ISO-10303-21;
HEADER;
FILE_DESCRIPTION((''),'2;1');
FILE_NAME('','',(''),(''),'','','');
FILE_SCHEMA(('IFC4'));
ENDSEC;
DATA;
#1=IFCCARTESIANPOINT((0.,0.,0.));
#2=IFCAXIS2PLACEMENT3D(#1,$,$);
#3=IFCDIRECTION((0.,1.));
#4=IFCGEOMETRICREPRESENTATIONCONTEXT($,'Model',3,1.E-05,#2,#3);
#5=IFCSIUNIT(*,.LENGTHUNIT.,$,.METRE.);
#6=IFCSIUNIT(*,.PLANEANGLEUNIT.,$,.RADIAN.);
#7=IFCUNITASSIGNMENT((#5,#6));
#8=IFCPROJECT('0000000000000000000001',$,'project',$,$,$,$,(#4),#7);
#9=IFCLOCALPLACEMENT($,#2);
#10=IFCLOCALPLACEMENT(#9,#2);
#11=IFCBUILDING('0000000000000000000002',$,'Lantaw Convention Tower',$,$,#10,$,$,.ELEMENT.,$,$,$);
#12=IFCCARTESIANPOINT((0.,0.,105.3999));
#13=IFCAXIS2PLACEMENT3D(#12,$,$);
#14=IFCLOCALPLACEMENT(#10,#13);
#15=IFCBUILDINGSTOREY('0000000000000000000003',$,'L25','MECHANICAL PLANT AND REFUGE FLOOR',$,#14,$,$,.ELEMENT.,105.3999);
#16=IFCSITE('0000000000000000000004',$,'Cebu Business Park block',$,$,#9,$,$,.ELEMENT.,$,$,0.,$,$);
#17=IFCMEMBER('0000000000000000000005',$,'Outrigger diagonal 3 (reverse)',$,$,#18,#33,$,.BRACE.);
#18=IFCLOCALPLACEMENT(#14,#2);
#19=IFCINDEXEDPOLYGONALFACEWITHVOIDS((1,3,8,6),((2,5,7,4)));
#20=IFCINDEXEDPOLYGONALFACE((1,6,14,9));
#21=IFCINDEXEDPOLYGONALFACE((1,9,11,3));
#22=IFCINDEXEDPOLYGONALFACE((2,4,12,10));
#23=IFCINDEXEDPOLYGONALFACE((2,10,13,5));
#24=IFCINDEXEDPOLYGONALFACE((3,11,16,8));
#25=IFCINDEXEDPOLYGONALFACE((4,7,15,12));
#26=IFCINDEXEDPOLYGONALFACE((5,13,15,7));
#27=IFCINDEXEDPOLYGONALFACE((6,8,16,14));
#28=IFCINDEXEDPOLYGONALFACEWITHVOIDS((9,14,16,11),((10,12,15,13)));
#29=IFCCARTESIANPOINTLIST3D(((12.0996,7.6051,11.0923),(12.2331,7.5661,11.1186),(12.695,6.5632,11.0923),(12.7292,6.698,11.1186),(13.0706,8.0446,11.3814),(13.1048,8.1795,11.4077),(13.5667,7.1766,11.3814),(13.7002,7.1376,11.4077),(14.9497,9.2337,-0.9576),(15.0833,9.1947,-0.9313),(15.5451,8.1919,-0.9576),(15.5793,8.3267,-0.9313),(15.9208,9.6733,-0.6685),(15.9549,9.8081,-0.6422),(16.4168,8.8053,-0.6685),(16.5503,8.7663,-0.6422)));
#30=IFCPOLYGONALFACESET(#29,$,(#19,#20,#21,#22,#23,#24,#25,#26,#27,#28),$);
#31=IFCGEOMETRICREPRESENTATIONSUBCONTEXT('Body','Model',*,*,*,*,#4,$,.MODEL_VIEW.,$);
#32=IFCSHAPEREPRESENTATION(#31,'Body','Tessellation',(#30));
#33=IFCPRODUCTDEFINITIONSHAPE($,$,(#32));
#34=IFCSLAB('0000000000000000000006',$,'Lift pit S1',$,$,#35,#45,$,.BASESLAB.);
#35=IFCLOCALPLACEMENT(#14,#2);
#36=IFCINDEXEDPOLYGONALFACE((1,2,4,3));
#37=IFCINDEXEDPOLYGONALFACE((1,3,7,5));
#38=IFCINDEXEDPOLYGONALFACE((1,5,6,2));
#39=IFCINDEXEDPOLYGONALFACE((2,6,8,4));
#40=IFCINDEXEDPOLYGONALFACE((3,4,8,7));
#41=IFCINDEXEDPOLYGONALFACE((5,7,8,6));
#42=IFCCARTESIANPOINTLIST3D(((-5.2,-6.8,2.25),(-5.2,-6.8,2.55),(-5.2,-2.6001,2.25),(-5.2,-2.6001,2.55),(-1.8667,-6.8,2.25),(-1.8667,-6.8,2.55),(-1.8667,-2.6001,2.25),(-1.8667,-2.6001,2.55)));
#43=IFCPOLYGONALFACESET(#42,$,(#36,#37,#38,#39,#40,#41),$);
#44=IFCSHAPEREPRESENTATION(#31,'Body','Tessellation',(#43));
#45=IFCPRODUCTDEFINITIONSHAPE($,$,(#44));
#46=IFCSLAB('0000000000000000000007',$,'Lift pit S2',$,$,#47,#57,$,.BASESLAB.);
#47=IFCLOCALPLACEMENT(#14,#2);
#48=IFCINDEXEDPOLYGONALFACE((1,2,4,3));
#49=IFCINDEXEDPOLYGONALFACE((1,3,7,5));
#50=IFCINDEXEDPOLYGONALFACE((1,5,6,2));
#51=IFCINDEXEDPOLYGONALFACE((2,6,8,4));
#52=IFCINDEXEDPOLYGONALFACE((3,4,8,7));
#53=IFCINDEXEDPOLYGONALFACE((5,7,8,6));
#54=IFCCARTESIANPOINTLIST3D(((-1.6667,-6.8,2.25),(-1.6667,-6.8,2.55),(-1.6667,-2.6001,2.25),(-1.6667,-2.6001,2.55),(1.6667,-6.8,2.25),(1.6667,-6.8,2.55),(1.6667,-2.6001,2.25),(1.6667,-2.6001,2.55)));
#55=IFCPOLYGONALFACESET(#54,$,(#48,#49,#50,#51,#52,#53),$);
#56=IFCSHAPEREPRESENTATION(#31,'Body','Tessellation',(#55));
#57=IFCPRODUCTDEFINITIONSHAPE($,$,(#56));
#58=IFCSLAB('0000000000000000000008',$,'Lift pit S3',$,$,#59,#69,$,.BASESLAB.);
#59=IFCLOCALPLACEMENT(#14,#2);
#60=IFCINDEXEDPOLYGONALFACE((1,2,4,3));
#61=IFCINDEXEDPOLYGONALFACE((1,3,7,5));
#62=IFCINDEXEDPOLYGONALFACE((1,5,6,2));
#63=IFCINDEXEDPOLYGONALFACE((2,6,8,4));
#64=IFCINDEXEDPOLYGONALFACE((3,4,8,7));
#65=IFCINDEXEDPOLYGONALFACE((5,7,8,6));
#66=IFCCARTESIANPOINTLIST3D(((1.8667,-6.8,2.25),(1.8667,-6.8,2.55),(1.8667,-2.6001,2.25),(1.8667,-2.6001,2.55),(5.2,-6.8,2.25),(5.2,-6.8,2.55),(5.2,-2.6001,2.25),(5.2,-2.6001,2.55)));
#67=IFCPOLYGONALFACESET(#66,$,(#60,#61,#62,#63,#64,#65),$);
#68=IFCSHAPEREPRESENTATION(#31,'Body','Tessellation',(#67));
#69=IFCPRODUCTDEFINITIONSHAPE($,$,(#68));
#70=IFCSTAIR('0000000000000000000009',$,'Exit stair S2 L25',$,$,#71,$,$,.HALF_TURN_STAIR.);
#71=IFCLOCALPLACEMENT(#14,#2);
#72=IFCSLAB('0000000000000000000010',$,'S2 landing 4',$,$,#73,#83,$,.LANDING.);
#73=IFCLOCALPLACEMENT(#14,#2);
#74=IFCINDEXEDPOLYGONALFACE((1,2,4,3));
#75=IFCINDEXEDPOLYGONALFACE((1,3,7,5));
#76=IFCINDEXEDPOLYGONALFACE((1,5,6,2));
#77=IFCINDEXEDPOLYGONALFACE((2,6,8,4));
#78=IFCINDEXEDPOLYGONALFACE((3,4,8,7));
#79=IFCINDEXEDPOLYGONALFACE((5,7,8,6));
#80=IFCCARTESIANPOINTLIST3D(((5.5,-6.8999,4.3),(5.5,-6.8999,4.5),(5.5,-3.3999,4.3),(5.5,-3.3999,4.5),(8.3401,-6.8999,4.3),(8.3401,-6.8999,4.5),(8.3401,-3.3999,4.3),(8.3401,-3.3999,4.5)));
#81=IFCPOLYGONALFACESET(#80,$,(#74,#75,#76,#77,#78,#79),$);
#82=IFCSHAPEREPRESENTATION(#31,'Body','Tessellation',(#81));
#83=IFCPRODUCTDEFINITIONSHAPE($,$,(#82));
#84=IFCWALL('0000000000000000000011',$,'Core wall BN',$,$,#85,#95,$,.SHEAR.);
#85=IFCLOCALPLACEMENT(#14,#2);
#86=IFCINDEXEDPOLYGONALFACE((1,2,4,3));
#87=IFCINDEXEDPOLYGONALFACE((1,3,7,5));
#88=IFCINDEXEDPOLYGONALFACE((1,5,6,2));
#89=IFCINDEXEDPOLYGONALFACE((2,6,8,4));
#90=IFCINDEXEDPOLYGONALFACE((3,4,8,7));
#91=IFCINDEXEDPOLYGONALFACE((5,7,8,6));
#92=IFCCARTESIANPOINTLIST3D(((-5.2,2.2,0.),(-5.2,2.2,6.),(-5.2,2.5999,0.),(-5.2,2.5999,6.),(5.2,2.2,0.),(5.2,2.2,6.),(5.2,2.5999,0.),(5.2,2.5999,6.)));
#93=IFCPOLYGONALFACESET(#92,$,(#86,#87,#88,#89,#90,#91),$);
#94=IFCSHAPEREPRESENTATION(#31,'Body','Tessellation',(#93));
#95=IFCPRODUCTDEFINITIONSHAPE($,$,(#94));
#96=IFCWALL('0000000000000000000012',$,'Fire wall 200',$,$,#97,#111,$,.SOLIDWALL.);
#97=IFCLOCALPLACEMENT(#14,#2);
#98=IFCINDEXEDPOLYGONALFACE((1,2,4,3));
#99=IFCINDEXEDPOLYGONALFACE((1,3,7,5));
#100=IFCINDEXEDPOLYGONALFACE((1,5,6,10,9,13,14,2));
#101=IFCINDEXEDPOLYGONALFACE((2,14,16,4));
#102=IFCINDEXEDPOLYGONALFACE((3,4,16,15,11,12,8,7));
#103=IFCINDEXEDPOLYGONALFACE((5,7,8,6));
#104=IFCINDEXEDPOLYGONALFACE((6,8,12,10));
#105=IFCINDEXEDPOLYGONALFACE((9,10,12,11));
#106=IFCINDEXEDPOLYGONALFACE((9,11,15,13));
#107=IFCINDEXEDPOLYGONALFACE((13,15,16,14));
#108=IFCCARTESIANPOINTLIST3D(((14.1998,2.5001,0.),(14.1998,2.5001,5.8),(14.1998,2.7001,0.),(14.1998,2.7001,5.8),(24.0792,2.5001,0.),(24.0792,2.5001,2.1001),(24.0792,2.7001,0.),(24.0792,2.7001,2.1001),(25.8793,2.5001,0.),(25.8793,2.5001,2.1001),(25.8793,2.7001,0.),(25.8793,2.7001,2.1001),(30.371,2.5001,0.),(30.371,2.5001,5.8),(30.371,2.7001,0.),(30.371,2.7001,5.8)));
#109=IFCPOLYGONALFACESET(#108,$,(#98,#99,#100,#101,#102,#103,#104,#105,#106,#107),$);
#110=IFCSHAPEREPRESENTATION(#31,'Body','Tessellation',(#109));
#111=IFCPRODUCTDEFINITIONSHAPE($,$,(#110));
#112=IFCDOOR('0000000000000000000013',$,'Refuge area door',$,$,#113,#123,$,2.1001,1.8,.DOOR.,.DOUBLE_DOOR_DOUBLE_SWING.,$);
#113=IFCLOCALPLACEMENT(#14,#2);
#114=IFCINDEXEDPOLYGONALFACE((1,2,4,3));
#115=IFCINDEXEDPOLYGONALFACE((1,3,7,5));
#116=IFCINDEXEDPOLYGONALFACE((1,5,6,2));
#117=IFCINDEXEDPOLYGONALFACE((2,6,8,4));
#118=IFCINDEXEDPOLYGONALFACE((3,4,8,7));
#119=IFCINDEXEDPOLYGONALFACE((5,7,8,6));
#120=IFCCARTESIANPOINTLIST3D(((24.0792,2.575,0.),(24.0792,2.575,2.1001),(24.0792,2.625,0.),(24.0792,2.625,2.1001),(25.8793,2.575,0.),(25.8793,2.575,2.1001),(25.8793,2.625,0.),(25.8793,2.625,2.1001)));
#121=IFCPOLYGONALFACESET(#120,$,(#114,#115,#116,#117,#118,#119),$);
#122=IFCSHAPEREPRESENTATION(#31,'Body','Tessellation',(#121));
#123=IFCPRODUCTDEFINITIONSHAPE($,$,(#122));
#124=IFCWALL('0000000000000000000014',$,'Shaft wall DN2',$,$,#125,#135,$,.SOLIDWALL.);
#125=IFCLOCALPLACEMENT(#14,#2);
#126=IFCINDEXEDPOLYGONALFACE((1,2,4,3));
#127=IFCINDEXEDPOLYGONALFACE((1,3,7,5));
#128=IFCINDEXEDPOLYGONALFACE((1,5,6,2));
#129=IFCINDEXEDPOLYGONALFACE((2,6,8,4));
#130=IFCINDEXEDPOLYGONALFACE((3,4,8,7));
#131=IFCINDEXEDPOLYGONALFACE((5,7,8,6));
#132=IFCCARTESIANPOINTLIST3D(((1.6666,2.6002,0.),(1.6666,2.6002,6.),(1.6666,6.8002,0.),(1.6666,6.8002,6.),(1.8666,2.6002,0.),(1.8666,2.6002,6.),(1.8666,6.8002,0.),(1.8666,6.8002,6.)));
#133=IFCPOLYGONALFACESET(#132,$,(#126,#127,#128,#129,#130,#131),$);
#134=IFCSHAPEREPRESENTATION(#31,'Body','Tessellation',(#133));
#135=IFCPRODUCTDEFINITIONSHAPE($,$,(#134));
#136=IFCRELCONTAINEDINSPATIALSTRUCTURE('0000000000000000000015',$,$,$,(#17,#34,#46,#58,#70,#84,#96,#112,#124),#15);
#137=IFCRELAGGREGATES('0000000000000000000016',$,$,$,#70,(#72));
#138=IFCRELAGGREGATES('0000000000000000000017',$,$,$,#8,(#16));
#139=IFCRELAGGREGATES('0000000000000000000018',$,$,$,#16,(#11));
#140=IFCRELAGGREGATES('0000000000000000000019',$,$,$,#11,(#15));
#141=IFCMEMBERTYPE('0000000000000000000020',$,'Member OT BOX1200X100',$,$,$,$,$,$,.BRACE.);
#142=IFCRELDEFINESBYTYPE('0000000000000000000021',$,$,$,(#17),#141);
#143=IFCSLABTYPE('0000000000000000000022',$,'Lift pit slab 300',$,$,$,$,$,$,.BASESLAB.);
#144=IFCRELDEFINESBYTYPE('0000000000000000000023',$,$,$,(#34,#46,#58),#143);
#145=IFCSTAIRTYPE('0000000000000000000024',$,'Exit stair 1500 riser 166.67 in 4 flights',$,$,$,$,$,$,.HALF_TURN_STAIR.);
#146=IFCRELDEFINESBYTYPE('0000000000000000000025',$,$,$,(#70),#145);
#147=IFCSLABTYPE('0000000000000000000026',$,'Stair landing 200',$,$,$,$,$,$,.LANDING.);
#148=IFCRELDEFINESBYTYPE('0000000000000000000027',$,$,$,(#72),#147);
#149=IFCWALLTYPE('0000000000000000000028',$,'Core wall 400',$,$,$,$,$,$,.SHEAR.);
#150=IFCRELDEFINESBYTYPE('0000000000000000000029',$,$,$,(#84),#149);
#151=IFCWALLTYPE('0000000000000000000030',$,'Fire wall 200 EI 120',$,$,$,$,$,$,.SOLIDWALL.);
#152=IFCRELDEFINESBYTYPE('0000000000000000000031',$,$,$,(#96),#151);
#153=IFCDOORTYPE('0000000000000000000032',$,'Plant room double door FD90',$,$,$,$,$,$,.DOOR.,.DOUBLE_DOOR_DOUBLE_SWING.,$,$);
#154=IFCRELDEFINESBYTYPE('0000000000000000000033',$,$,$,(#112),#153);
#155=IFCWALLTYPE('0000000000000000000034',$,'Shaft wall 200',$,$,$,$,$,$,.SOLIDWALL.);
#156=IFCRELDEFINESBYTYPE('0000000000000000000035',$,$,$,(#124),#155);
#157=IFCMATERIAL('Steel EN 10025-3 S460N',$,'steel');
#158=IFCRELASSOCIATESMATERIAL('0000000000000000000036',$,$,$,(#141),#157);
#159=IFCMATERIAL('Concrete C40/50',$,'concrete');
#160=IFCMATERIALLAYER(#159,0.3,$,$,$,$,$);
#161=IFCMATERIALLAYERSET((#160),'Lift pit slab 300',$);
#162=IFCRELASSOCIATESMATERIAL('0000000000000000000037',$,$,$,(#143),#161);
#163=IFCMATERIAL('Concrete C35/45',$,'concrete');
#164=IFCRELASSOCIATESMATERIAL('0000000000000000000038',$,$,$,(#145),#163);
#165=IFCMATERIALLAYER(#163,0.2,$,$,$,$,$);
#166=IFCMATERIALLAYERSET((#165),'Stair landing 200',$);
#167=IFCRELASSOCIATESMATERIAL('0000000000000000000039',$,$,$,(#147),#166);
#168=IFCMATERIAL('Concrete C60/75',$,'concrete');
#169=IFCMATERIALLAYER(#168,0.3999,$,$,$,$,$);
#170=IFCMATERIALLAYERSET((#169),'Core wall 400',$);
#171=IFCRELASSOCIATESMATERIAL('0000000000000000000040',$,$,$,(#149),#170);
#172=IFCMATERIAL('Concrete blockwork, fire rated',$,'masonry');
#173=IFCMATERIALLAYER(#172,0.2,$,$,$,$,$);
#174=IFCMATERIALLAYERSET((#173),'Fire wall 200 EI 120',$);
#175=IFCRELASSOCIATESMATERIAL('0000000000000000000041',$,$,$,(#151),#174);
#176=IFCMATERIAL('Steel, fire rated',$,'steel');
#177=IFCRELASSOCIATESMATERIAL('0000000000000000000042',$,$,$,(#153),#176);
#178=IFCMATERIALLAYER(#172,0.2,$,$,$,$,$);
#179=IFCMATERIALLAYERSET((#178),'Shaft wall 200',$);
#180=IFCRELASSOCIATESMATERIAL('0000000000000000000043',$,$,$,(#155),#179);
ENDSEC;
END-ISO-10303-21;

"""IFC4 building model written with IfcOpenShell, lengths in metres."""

from ifc_helpers import new_model, si_unit, direction, frame, frame_2d, origin, origin_2d, place, context, subcontext, project, spatial, polyline, rectangle, hollow_rectangle, outline, extrude, material, layer, layer_set, material_profile, profile_set, type_object, element, fill, aggregate, save


model = new_model("IFC4")

# Units and contexts
model_context = context("Model", 3, precision=1e-05, world=origin(), true_north=direction((0.0, 1.0)))
body_context = subcontext(model_context, "Body", "Model", "MODEL_VIEW")
ifc_project = project(units=[si_unit("LENGTHUNIT", "METRE"), si_unit("PLANEANGLEUNIT", "RADIAN")], contexts=[model_context])

# Site, building, storey
site_placement = place(None, origin())
site = spatial("IfcSite", under=ifc_project, at=site_placement, Name="Cebu Business Park block", CompositionType="ELEMENT", RefElevation=0.0)
building_placement = place(site_placement, origin())
building = spatial("IfcBuilding", under=site, at=building_placement, Name="Lantaw Convention Tower", CompositionType="ELEMENT")
storey_placement = place(building_placement, frame((0.0, 0.0, 105.3999)))
storey = spatial("IfcBuildingStorey", under=building, at=storey_placement, Name="L25", Description="MECHANICAL PLANT AND REFUGE FLOOR", CompositionType="ELEMENT", Elevation=105.3999)

# Shared definitions
ifc_material_1 = material(Name="Steel EN 10025-3 S460N", Category="steel")

# Member
ifc_material_profile_1 = material_profile(ifc_material_1, hollow_rectangle(XDim=1.2, YDim=1.2, WallThickness=0.1001, at=origin_2d()), Name="BOX1200X100")
ifc_profile_set_1 = profile_set([ifc_material_profile_1], Name="Steel EN 10025-3 S460N")
member_type = type_object("IfcMemberType", Name="Member OT BOX1200X100", PredefinedType="BRACE", material=ifc_profile_set_1)
member_1_placement = place(storey_placement, frame((12.8999, 7.3713, 11.25), z_axis=(0.22821, 0.130408, -0.964839), x_axis=(-0.496147, 0.868239, 0.0)))
element("IfcMember", 1, at=member_1_placement, inside=storey, type_object=member_type, Name="Outrigger diagonal 3 (reverse)", PredefinedType="BRACE", context=body_context, shape_type="SweptSolid", body=[
    extrude(hollow_rectangle(XDim=1.2, YDim=1.2, WallThickness=0.1001, at=origin_2d()), origin(), (0.0, 0.0, 1.0), 12.489),
])

# Slabs
ifc_material_2 = material(Name="Concrete C40/50", Category="concrete")
ifc_layer_1 = layer(ifc_material_2, 0.3)
ifc_layer_set_1 = layer_set([ifc_layer_1], Name="Lift pit slab 300")
slab_type_1 = type_object("IfcSlabType", Name="Lift pit slab 300", PredefinedType="BASESLAB", material=ifc_layer_set_1)
slab_1_placement = place(storey_placement, frame((0.0, 0.0, 2.25)))
element("IfcSlab", 2, at=slab_1_placement, inside=storey, type_object=slab_type_1, Name="Lift pit S1", PredefinedType="BASESLAB", context=body_context, shape_type="SweptSolid", body=[
    extrude(outline(polyline([(-5.2, -6.8), (-1.8667, -6.8), (-1.8667, -2.6001), (-5.2, -2.6001), (-5.2, -6.8)])), origin(), (0.0, 0.0, 1.0), 0.3),
])
slab_2_placement = place(storey_placement, frame((0.0, 0.0, 2.25)))
element("IfcSlab", 3, at=slab_2_placement, inside=storey, type_object=slab_type_1, Name="Lift pit S2", PredefinedType="BASESLAB", context=body_context, shape_type="SweptSolid", body=[
    extrude(outline(polyline([(-1.6667, -6.8), (1.6667, -6.8), (1.6667, -2.6001), (-1.6667, -2.6001), (-1.6667, -6.8)])), origin(), (0.0, 0.0, 1.0), 0.3),
])
slab_3_placement = place(storey_placement, frame((0.0, 0.0, 2.25)))
element("IfcSlab", 4, at=slab_3_placement, inside=storey, type_object=slab_type_1, Name="Lift pit S3", PredefinedType="BASESLAB", context=body_context, shape_type="SweptSolid", body=[
    extrude(outline(polyline([(1.8667, -6.8), (5.2, -6.8), (5.2, -2.6001), (1.8667, -2.6001), (1.8667, -6.8)])), origin(), (0.0, 0.0, 1.0), 0.3),
])

# Stair, slab
ifc_material_3 = material(Name="Concrete C35/45", Category="concrete")
stair_type = type_object("IfcStairType", Name="Exit stair 1500 riser 166.67 in 4 flights", PredefinedType="HALF_TURN_STAIR", material=ifc_material_3)
stair_placement = place(storey_placement, origin())
stair = element("IfcStair", 5, at=stair_placement, inside=storey, type_object=stair_type, Name="Exit stair S2 L25", PredefinedType="HALF_TURN_STAIR")
ifc_layer_2 = layer(ifc_material_3, 0.2)
ifc_layer_set_2 = layer_set([ifc_layer_2], Name="Stair landing 200")
slab_type_2 = type_object("IfcSlabType", Name="Stair landing 200", PredefinedType="LANDING", material=ifc_layer_set_2)
slab_4_placement = place(storey_placement, frame((0.0, 0.0, 4.3)))
slab_4 = element("IfcSlab", 6, at=slab_4_placement, type_object=slab_type_2, Name="S2 landing 4", PredefinedType="LANDING", context=body_context, shape_type="SweptSolid", body=[
    extrude(outline(polyline([(5.5, -6.8999), (8.3401, -6.8999), (8.3401, -3.3999), (5.5, -3.3999), (5.5, -6.8999)])), origin(), (0.0, 0.0, 1.0), 0.2),
])
aggregate(stair, [slab_4])

# Wall
ifc_material_4 = material(Name="Concrete C60/75", Category="concrete")
ifc_layer_3 = layer(ifc_material_4, 0.3999)
ifc_layer_set_3 = layer_set([ifc_layer_3], Name="Core wall 400")
wall_type_1 = type_object("IfcWallType", Name="Core wall 400", PredefinedType="SHEAR", material=ifc_layer_set_3)
wall_1_placement = place(storey_placement, frame((5.2, 2.3999, 0.0), z_axis=(0.0, 0.0, 1.0), x_axis=(-1.0, 0.0, 0.0)))
element("IfcWall", 7, at=wall_1_placement, inside=storey, type_object=wall_type_1, Name="Core wall BN", PredefinedType="SHEAR", context=body_context, shape_type="SweptSolid", body=[
    extrude(rectangle(XDim=10.3999, YDim=0.3999, at=frame_2d((5.2, 0.0))), origin(), (0.0, 0.0, 1.0), 6.0),
])

# Wall, opening, door
ifc_material_5 = material(Name="Concrete blockwork, fire rated", Category="masonry")
ifc_layer_4 = layer(ifc_material_5, 0.2)
ifc_layer_set_4 = layer_set([ifc_layer_4], Name="Fire wall 200 EI 120")
wall_type_2 = type_object("IfcWallType", Name="Fire wall 200 EI 120", PredefinedType="SOLIDWALL", material=ifc_layer_set_4)
wall_2_placement = place(storey_placement, frame((14.2, 2.6001, 0.0), z_axis=(0.0, 0.0, 1.0), x_axis=(1.0, 0.0, 0.0)))
wall_2 = element("IfcWall", 8, at=wall_2_placement, inside=storey, type_object=wall_type_2, Name="Fire wall 200", PredefinedType="SOLIDWALL", context=body_context, shape_type="SweptSolid", body=[
    extrude(rectangle(XDim=16.1711, YDim=0.2, at=frame_2d((8.0854, 0.0))), origin(), (0.0, 0.0, 1.0), 5.8),
])
opening_1_placement = place(wall_2_placement, frame((9.8794, 0.0, 0.0)))
opening_1 = element("IfcOpeningElement", 9, at=opening_1_placement, cuts=wall_2, PredefinedType="OPENING", context=body_context, shape_type="SweptSolid", body=[
    extrude(rectangle(XDim=1.8, YDim=2.1001, at=frame_2d((0.8999, 1.05))), frame((0.0, 0.1099, 0.0), z_axis=(0.0, -1.0, 0.0), x_axis=(1.0, 0.0, 0.0)), (0.0, 0.0, 1.0), 0.22),
])
ifc_material_6 = material(Name="Steel, fire rated", Category="steel")
door_type_1 = type_object("IfcDoorType", Name="Plant room double door FD90", OperationType="DOUBLE_DOOR_DOUBLE_SWING", PredefinedType="DOOR", material=ifc_material_6)
door_1_placement = place(opening_1_placement, origin())
door_1 = element("IfcDoor", 10, at=door_1_placement, inside=storey, type_object=door_type_1, Name="Refuge area door", OperationType="DOUBLE_DOOR_DOUBLE_SWING", OverallHeight=2.1001, OverallWidth=1.8, PredefinedType="DOOR", context=body_context, shape_type="SweptSolid", body=[
    extrude(rectangle(XDim=1.8, YDim=2.1001, at=frame_2d((0.8999, 1.05))), frame((0.0, 0.0249, 0.0), z_axis=(0.0, -1.0, 0.0), x_axis=(1.0, 0.0, 0.0)), (0.0, 0.0, 1.0), 0.05),
])
fill(opening_1, door_1)

# Wall
ifc_layer_5 = layer(ifc_material_5, 0.2)
ifc_layer_set_5 = layer_set([ifc_layer_5], Name="Shaft wall 200")
wall_type_3 = type_object("IfcWallType", Name="Shaft wall 200", PredefinedType="SOLIDWALL", material=ifc_layer_set_5)
wall_3_placement = place(storey_placement, frame((1.7666, 2.6001, 0.0), z_axis=(0.0, 0.0, 1.0), x_axis=(0.0, 1.0, 0.0)))
element("IfcWall", 11, at=wall_3_placement, inside=storey, type_object=wall_type_3, Name="Shaft wall DN2", PredefinedType="SOLIDWALL", context=body_context, shape_type="SweptSolid", body=[
    extrude(rectangle(XDim=4.2, YDim=0.2, at=frame_2d((2.1001, 0.0))), origin(), (0.0, 0.0, 1.0), 6.0),
])

save(model, "model.ifc")
